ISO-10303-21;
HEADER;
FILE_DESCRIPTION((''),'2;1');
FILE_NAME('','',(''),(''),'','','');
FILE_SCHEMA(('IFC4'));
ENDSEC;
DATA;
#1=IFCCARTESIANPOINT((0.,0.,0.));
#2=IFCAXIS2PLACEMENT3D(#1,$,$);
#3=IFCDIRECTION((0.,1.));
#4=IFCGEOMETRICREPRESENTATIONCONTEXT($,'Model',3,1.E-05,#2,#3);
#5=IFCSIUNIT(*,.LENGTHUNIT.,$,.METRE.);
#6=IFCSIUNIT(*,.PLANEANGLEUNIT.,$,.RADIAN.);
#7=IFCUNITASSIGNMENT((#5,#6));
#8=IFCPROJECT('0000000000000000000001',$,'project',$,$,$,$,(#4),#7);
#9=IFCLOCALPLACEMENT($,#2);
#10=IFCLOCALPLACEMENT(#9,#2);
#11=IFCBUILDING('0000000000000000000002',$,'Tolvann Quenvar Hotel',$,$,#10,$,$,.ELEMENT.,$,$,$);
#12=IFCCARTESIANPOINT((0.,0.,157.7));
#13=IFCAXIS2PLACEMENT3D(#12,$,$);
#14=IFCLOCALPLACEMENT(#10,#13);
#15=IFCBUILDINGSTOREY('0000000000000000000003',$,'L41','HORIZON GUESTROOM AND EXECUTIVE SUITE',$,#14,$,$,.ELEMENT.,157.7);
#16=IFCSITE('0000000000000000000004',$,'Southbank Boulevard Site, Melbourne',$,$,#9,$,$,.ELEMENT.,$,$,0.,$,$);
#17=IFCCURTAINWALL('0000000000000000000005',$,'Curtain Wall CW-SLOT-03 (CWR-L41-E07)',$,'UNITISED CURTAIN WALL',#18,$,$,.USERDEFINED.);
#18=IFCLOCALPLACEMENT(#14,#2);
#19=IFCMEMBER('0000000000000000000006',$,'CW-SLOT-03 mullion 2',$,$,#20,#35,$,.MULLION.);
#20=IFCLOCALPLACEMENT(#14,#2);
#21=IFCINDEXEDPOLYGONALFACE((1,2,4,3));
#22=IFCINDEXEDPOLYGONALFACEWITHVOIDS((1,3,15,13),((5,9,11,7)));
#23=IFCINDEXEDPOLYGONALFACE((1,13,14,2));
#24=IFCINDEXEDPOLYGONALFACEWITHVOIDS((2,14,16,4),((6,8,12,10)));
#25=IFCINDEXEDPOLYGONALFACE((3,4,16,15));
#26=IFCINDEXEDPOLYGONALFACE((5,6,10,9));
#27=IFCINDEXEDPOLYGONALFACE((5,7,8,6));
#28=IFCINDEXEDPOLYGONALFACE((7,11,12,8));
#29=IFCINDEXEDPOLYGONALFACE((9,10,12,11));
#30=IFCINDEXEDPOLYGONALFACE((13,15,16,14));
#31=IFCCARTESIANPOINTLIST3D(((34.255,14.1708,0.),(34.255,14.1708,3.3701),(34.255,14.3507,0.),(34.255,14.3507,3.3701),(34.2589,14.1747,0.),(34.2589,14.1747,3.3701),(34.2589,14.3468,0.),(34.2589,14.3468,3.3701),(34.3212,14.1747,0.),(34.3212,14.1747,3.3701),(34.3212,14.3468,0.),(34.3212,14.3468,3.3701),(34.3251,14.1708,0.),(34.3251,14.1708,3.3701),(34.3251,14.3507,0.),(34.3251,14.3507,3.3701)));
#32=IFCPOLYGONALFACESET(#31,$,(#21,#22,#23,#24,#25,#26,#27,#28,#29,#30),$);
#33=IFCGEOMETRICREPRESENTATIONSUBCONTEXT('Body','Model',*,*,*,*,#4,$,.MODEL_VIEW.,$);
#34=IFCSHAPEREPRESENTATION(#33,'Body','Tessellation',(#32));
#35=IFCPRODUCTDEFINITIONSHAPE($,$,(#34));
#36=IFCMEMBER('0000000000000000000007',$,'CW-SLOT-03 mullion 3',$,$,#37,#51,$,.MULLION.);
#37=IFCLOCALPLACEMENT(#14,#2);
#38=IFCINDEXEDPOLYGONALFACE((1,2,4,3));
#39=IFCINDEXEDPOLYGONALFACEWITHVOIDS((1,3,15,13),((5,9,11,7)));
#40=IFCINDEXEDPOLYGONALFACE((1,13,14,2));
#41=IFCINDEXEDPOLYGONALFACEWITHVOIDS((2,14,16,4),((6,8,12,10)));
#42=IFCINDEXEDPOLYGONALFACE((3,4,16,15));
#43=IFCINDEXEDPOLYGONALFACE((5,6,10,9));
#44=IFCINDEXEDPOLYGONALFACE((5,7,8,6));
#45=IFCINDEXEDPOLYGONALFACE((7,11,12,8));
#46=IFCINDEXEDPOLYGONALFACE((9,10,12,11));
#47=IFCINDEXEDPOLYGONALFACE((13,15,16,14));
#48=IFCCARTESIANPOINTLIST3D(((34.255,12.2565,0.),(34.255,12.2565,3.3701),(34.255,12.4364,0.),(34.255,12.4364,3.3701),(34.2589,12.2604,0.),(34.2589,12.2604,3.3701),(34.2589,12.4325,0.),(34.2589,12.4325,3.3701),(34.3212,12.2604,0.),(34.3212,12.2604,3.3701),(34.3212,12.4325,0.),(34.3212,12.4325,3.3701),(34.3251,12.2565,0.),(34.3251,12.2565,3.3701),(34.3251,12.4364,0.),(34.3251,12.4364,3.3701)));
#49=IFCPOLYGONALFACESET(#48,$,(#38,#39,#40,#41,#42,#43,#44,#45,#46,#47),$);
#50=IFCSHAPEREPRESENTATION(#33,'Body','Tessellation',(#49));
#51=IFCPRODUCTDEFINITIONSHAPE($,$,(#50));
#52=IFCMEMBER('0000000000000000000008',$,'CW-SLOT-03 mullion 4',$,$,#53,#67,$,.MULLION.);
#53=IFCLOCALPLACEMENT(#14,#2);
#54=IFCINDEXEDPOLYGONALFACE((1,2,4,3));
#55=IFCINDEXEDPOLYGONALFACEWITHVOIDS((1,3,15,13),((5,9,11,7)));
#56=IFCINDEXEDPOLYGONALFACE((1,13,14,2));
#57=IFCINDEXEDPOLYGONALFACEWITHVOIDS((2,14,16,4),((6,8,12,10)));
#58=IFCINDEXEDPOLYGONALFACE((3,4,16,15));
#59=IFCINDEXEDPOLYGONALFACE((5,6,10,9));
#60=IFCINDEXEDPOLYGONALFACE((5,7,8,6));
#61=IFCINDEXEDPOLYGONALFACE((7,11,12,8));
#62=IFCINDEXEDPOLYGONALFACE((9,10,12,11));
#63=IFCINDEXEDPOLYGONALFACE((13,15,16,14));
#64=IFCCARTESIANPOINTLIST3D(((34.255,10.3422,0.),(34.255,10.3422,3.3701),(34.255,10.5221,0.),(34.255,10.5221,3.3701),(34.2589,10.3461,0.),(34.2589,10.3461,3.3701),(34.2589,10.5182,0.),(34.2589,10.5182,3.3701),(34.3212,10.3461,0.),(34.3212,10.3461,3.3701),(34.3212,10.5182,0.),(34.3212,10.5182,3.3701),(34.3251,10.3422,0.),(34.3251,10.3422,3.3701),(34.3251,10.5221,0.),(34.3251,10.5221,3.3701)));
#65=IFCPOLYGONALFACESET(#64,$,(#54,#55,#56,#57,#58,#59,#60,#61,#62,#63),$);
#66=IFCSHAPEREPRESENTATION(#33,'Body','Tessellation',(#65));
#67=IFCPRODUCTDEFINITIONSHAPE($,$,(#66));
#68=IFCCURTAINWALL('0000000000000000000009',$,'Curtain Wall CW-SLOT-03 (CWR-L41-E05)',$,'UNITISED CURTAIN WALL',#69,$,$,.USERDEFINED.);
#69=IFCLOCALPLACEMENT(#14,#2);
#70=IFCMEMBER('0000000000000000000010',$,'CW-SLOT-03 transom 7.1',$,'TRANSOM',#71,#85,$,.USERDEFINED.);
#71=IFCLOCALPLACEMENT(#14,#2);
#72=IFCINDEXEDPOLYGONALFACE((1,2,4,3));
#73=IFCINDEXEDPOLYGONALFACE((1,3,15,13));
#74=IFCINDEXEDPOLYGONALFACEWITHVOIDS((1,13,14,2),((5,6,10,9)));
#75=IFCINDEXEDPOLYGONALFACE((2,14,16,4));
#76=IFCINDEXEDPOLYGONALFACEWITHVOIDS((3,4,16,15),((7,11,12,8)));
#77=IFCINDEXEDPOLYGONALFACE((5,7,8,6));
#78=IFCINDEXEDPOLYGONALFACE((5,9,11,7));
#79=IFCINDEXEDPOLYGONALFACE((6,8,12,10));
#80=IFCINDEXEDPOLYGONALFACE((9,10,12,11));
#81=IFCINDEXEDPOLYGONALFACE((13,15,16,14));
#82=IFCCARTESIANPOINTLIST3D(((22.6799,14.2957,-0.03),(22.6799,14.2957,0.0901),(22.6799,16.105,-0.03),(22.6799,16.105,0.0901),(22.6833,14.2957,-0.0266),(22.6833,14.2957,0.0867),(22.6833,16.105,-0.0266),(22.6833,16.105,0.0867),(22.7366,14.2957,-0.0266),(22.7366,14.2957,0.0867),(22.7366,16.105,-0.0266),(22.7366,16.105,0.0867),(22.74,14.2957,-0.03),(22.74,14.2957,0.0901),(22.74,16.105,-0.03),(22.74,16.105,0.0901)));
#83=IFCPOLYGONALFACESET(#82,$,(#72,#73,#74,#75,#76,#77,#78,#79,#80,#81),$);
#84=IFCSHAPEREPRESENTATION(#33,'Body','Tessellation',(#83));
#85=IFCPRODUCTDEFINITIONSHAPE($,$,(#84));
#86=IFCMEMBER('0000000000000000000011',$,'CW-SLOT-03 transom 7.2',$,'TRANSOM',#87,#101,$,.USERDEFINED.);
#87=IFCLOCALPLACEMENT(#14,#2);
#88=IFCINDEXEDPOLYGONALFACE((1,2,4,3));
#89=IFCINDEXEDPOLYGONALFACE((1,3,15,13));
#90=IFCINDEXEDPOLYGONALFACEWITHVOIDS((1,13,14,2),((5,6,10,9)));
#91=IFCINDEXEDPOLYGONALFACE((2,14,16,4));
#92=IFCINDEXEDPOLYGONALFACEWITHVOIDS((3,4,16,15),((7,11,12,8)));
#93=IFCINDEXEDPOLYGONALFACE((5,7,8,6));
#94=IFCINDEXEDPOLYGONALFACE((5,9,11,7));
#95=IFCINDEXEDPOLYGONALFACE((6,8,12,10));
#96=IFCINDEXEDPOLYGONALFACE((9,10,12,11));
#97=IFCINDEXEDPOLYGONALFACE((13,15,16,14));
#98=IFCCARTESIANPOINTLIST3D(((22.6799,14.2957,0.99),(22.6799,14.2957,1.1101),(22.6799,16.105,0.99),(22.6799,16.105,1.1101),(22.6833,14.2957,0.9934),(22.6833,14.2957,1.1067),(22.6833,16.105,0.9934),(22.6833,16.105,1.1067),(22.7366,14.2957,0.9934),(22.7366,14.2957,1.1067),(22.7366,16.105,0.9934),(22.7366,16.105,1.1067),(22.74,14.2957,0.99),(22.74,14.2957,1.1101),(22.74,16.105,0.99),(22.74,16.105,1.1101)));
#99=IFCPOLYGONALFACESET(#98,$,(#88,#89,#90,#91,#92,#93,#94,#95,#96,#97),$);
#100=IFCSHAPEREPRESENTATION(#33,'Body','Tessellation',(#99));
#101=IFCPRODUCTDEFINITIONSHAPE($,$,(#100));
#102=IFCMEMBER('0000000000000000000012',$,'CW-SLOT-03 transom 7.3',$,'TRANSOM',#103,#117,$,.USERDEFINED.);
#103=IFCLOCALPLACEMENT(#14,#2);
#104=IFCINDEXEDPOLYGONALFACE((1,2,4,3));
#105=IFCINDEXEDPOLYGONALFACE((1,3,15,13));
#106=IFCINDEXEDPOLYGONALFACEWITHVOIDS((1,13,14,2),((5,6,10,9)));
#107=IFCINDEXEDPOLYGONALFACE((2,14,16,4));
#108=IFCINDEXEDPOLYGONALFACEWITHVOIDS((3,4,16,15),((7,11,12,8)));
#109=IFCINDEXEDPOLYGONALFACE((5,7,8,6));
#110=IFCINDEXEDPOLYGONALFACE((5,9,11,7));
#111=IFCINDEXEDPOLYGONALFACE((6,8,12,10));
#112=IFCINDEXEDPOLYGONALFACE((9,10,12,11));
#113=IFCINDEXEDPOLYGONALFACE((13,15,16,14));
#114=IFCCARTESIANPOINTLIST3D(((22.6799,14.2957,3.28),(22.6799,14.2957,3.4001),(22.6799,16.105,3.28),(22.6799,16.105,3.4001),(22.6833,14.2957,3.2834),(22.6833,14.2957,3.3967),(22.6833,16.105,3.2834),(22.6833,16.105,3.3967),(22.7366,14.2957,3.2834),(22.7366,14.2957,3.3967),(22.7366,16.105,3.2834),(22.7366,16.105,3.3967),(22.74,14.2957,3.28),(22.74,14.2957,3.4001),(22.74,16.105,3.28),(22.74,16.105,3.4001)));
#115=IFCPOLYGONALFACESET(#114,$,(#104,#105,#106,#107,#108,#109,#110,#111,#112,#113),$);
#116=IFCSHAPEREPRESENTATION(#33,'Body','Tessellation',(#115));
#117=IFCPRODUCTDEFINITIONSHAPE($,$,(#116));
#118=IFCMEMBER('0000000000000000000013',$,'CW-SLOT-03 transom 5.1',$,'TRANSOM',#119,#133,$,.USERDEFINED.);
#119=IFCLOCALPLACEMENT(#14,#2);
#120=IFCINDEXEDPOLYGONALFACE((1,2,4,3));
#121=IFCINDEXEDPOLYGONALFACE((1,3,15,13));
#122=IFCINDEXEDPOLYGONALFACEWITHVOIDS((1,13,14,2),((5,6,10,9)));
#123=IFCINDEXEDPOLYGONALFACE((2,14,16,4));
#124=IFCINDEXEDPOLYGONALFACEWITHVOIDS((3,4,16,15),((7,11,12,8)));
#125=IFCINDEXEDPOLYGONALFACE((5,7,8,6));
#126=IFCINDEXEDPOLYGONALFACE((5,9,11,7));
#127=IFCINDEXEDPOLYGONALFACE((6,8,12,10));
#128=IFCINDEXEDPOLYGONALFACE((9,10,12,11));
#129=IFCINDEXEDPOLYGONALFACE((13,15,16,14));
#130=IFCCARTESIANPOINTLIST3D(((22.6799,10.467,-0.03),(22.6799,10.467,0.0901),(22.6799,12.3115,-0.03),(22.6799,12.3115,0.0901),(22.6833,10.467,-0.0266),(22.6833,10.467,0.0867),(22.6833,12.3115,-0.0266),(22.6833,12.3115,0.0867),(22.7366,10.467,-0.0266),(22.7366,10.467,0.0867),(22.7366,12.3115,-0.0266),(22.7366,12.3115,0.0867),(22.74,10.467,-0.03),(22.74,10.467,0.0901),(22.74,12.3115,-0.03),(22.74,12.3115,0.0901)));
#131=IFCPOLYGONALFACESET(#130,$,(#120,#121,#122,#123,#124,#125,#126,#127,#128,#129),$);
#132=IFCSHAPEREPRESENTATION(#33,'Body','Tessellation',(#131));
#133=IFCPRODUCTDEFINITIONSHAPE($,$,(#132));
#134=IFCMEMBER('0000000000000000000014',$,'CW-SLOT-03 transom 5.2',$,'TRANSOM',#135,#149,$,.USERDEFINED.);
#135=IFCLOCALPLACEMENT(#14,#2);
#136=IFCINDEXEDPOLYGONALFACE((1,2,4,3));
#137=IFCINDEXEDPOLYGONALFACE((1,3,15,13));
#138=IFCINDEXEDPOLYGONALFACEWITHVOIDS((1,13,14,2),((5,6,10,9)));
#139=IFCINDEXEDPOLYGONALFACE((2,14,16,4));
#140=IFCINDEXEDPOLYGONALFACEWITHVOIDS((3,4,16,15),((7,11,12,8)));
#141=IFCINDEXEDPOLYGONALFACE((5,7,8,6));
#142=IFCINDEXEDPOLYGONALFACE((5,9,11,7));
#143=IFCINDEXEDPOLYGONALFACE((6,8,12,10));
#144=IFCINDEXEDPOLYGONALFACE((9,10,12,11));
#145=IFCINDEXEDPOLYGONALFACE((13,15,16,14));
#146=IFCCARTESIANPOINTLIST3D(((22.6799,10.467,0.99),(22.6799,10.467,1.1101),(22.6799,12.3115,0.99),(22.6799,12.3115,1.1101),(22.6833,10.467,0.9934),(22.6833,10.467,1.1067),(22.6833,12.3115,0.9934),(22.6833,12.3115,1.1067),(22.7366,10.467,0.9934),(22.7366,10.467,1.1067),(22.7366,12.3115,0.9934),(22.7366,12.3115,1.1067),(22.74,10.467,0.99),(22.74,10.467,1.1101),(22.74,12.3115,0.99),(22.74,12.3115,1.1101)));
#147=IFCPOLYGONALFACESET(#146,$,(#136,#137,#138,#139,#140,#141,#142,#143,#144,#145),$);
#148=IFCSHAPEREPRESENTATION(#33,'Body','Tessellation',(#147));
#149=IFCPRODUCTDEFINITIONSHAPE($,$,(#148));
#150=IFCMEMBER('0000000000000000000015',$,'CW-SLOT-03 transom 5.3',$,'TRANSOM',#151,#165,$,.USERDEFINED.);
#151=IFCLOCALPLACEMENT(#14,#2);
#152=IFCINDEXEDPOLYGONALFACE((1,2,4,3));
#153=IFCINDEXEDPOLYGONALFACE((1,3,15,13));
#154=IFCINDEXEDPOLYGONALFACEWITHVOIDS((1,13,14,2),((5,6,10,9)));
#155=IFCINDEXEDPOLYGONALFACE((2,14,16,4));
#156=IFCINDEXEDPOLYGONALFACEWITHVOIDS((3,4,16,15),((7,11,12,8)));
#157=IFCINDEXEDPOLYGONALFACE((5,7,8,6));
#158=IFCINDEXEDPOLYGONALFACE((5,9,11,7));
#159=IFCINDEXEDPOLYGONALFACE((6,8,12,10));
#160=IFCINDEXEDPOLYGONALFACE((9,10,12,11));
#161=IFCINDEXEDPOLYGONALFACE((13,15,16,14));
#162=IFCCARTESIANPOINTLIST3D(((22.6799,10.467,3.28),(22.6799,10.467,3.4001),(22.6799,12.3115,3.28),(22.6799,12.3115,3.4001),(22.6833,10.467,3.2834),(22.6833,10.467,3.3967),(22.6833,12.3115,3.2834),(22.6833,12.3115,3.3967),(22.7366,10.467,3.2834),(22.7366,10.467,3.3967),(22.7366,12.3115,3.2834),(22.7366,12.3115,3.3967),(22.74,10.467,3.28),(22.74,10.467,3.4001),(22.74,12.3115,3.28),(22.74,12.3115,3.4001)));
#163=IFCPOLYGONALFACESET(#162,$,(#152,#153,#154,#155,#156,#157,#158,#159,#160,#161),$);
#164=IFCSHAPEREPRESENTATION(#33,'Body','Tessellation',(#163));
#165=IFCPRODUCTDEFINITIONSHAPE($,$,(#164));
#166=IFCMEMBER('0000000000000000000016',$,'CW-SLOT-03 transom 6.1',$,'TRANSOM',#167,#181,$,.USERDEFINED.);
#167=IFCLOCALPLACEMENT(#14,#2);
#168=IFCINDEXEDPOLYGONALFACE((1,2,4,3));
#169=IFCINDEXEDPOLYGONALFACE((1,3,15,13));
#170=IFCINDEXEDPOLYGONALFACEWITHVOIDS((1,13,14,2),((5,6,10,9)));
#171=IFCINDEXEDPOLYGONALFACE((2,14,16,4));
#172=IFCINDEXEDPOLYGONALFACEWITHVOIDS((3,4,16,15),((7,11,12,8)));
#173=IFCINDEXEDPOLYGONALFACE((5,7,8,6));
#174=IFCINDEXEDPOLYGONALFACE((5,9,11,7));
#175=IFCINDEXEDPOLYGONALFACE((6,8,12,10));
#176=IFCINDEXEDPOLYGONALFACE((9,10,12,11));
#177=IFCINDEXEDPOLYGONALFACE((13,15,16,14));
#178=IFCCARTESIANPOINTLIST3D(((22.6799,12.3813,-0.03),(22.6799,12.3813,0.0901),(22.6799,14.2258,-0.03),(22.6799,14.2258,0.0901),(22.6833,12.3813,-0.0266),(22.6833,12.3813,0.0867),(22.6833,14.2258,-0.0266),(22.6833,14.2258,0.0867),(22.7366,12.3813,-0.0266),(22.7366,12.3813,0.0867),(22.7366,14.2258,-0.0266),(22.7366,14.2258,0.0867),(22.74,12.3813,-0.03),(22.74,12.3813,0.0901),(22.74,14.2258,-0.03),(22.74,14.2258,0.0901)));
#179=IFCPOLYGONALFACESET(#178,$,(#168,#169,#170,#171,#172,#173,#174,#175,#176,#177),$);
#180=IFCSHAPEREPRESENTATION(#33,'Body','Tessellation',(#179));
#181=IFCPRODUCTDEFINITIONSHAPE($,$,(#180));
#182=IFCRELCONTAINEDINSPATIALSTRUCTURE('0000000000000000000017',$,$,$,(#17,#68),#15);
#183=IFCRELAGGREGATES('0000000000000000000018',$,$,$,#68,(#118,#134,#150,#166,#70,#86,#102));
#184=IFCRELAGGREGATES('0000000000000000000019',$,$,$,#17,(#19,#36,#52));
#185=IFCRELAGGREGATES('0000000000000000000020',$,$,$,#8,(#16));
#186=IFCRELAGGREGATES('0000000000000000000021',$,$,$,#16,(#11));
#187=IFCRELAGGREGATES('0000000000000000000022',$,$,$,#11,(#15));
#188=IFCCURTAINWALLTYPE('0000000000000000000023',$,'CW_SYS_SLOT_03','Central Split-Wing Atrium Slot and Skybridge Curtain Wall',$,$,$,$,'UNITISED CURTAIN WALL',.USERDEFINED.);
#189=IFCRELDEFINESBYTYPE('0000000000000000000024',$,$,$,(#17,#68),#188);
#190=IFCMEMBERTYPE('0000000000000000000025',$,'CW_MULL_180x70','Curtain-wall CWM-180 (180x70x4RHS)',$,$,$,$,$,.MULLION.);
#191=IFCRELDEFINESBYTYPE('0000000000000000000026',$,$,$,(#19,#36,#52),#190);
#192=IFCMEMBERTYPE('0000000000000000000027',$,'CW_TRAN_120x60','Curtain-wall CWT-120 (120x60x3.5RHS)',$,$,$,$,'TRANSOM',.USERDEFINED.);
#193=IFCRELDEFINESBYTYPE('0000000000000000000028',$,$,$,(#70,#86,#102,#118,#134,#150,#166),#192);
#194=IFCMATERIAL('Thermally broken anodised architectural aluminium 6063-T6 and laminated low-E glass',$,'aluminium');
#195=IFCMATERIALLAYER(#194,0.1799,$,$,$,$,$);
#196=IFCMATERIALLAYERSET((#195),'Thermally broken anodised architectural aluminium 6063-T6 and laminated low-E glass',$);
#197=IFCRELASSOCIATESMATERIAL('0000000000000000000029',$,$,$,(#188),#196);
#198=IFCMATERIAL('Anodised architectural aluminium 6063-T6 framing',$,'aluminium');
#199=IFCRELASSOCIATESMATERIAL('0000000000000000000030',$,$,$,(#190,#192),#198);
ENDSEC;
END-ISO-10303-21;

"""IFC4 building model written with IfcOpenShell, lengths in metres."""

from ifc_helpers import new_model, si_unit, direction, frame, origin, origin_2d, place, context, subcontext, project, spatial, hollow_rectangle, extrude, source, transform, mapped, material, layer, layer_set, material_profile, profile_set, type_object, type_shapes, element, aggregate, save


model = new_model("IFC4")

# Units and contexts
model_context = context("Model", 3, precision=1e-05, world=origin(), true_north=direction((0.0, 1.0)))
body_context = subcontext(model_context, "Body", "Model", "MODEL_VIEW")
ifc_project = project(units=[si_unit("LENGTHUNIT", "METRE"), si_unit("PLANEANGLEUNIT", "RADIAN")], contexts=[model_context])

# Site, building, storey
site_placement = place(None, origin())
site = spatial("IfcSite", under=ifc_project, at=site_placement, Name="Southbank Boulevard Site, Melbourne", CompositionType="ELEMENT", RefElevation=0.0)
building_placement = place(site_placement, origin())
building = spatial("IfcBuilding", under=site, at=building_placement, Name="Tolvann Quenvar Hotel", CompositionType="ELEMENT")
storey_placement = place(building_placement, frame((0.0, 0.0, 157.7)))
storey = spatial("IfcBuildingStorey", under=building, at=storey_placement, Name="L41", Description="HORIZON GUESTROOM AND EXECUTIVE SUITE", CompositionType="ELEMENT", Elevation=157.7)

# Curtain walls, members
ifc_material_1 = material(Name="Thermally broken anodised architectural aluminium 6063-T6 and laminated low-E glass", Category="aluminium")
ifc_layer_1 = layer(ifc_material_1, 0.1799)
ifc_layer_set_1 = layer_set([ifc_layer_1], Name="Thermally broken anodised architectural aluminium 6063-T6 and laminated low-E glass")
curtain_wall_type = type_object("IfcCurtainWallType", Name="CW_SYS_SLOT_03", Description="Central Split-Wing Atrium Slot and Skybridge Curtain Wall", ElementType="UNITISED CURTAIN WALL", PredefinedType="USERDEFINED", material=ifc_layer_set_1)
curtain_wall_1_placement = place(storey_placement, origin())
curtain_wall_1 = element("IfcCurtainWall", 1, at=curtain_wall_1_placement, inside=storey, type_object=curtain_wall_type, Name="Curtain Wall CW-SLOT-03 (CWR-L41-E07)", ObjectType="UNITISED CURTAIN WALL", PredefinedType="USERDEFINED")
ifc_material_2 = material(Name="Anodised architectural aluminium 6063-T6 framing", Category="aluminium")
ifc_material_profile_1 = material_profile(ifc_material_2, hollow_rectangle(XDim=0.0701, YDim=0.1799, WallThickness=0.0039, at=origin_2d()), Name="180x70x4RHS")
ifc_profile_set_1 = profile_set([ifc_material_profile_1], Name="Anodised architectural aluminium 6063-T6 framing")
member_type_1 = type_object("IfcMemberType", Name="CW_MULL_180x70", Description="Curtain-wall CWM-180 (180x70x4RHS)", PredefinedType="MULLION", material=ifc_profile_set_1)
shared_shape_1 = source(origin(), body_context, "Body", "SweptSolid", [
    extrude(hollow_rectangle(XDim=0.0701, YDim=0.1799, WallThickness=0.0039, at=origin_2d()), origin(), (0.0, 0.0, 1.0), 3.3701),
])
type_shapes(member_type_1, [shared_shape_1])
member_1_placement = place(storey_placement, frame((34.29, 14.2607, 0.0), z_axis=(0.0, 0.0, 1.0), x_axis=(1.0, 0.0, 0.0)))
member_1 = element("IfcMember", 2, at=member_1_placement, type_object=member_type_1, Name="CW-SLOT-03 mullion 2", PredefinedType="MULLION", context=body_context, shape_type="MappedRepresentation", body=[
    mapped(shared_shape_1, transform((0.0, 0.0, 0.0), x_axis=(1.0, 0.0, 0.0), y_axis=(0.0, 1.0, 0.0), z_axis=(0.0, 0.0, 1.0), scale=1.0)),
])
member_2_placement = place(storey_placement, frame((34.29, 12.3464, 0.0), z_axis=(0.0, 0.0, 1.0), x_axis=(1.0, 0.0, 0.0)))
member_2 = element("IfcMember", 3, at=member_2_placement, type_object=member_type_1, Name="CW-SLOT-03 mullion 3", PredefinedType="MULLION", context=body_context, shape_type="MappedRepresentation", body=[
    mapped(shared_shape_1, transform((0.0, 0.0, 0.0), x_axis=(1.0, 0.0, 0.0), y_axis=(0.0, 1.0, 0.0), z_axis=(0.0, 0.0, 1.0), scale=1.0)),
])
member_3_placement = place(storey_placement, frame((34.29, 10.4321, 0.0), z_axis=(0.0, 0.0, 1.0), x_axis=(1.0, 0.0, 0.0)))
member_3 = element("IfcMember", 4, at=member_3_placement, type_object=member_type_1, Name="CW-SLOT-03 mullion 4", PredefinedType="MULLION", context=body_context, shape_type="MappedRepresentation", body=[
    mapped(shared_shape_1, transform((0.0, 0.0, 0.0), x_axis=(1.0, 0.0, 0.0), y_axis=(0.0, 1.0, 0.0), z_axis=(0.0, 0.0, 1.0), scale=1.0)),
])
curtain_wall_2_placement = place(storey_placement, origin())
curtain_wall_2 = element("IfcCurtainWall", 5, at=curtain_wall_2_placement, inside=storey, type_object=curtain_wall_type, Name="Curtain Wall CW-SLOT-03 (CWR-L41-E05)", ObjectType="UNITISED CURTAIN WALL", PredefinedType="USERDEFINED")
ifc_material_profile_2 = material_profile(ifc_material_2, hollow_rectangle(XDim=0.0601, YDim=0.1201, WallThickness=0.0034, at=origin_2d()), Name="120x60x3.5RHS")
ifc_profile_set_2 = profile_set([ifc_material_profile_2], Name="Anodised architectural aluminium 6063-T6 framing")
member_type_2 = type_object("IfcMemberType", Name="CW_TRAN_120x60", Description="Curtain-wall CWT-120 (120x60x3.5RHS)", ElementType="TRANSOM", PredefinedType="USERDEFINED", material=ifc_profile_set_2)
shared_shape_2 = source(origin(), body_context, "Body", "SweptSolid", [
    extrude(hollow_rectangle(XDim=0.0601, YDim=0.1201, WallThickness=0.0034, at=origin_2d()), origin(), (0.0, 0.0, 1.0), 1.8093),
])
member_4_placement = place(storey_placement, frame((22.71, 14.2957, 0.03), z_axis=(0.0, 1.0, 0.0), x_axis=(-1.0, 0.0, 0.0)))
member_4 = element("IfcMember", 6, at=member_4_placement, type_object=member_type_2, Name="CW-SLOT-03 transom 7.1", ObjectType="TRANSOM", PredefinedType="USERDEFINED", context=body_context, shape_type="MappedRepresentation", body=[
    mapped(shared_shape_2, transform((0.0, 0.0, 0.0), x_axis=(1.0, 0.0, 0.0), y_axis=(0.0, 1.0, 0.0), z_axis=(0.0, 0.0, 1.0), scale=1.0)),
])
member_5_placement = place(storey_placement, frame((22.71, 14.2957, 1.05), z_axis=(0.0, 1.0, 0.0), x_axis=(-1.0, 0.0, 0.0)))
member_5 = element("IfcMember", 7, at=member_5_placement, type_object=member_type_2, Name="CW-SLOT-03 transom 7.2", ObjectType="TRANSOM", PredefinedType="USERDEFINED", context=body_context, shape_type="MappedRepresentation", body=[
    mapped(shared_shape_2, transform((0.0, 0.0, 0.0), x_axis=(1.0, 0.0, 0.0), y_axis=(0.0, 1.0, 0.0), z_axis=(0.0, 0.0, 1.0), scale=1.0)),
])
member_6_placement = place(storey_placement, frame((22.71, 14.2957, 3.3401), z_axis=(0.0, 1.0, 0.0), x_axis=(-1.0, 0.0, 0.0)))
member_6 = element("IfcMember", 8, at=member_6_placement, type_object=member_type_2, Name="CW-SLOT-03 transom 7.3", ObjectType="TRANSOM", PredefinedType="USERDEFINED", context=body_context, shape_type="MappedRepresentation", body=[
    mapped(shared_shape_2, transform((0.0, 0.0, 0.0), x_axis=(1.0, 0.0, 0.0), y_axis=(0.0, 1.0, 0.0), z_axis=(0.0, 0.0, 1.0), scale=1.0)),
])
shared_shape_3 = source(origin(), body_context, "Body", "SweptSolid", [
    extrude(hollow_rectangle(XDim=0.0601, YDim=0.1201, WallThickness=0.0034, at=origin_2d()), origin(), (0.0, 0.0, 1.0), 1.8445),
])
type_shapes(member_type_2, [shared_shape_2, shared_shape_3])
member_7_placement = place(storey_placement, frame((22.71, 10.467, 0.03), z_axis=(0.0, 1.0, 0.0), x_axis=(-1.0, 0.0, 0.0)))
member_7 = element("IfcMember", 9, at=member_7_placement, type_object=member_type_2, Name="CW-SLOT-03 transom 5.1", ObjectType="TRANSOM", PredefinedType="USERDEFINED", context=body_context, shape_type="MappedRepresentation", body=[
    mapped(shared_shape_3, transform((0.0, 0.0, 0.0), x_axis=(1.0, 0.0, 0.0), y_axis=(0.0, 1.0, 0.0), z_axis=(0.0, 0.0, 1.0), scale=1.0)),
])
member_8_placement = place(storey_placement, frame((22.71, 10.467, 1.05), z_axis=(0.0, 1.0, 0.0), x_axis=(-1.0, 0.0, 0.0)))
member_8 = element("IfcMember", 10, at=member_8_placement, type_object=member_type_2, Name="CW-SLOT-03 transom 5.2", ObjectType="TRANSOM", PredefinedType="USERDEFINED", context=body_context, shape_type="MappedRepresentation", body=[
    mapped(shared_shape_3, transform((0.0, 0.0, 0.0), x_axis=(1.0, 0.0, 0.0), y_axis=(0.0, 1.0, 0.0), z_axis=(0.0, 0.0, 1.0), scale=1.0)),
])
member_9_placement = place(storey_placement, frame((22.71, 10.467, 3.3401), z_axis=(0.0, 1.0, 0.0), x_axis=(-1.0, 0.0, 0.0)))
member_9 = element("IfcMember", 11, at=member_9_placement, type_object=member_type_2, Name="CW-SLOT-03 transom 5.3", ObjectType="TRANSOM", PredefinedType="USERDEFINED", context=body_context, shape_type="MappedRepresentation", body=[
    mapped(shared_shape_3, transform((0.0, 0.0, 0.0), x_axis=(1.0, 0.0, 0.0), y_axis=(0.0, 1.0, 0.0), z_axis=(0.0, 0.0, 1.0), scale=1.0)),
])
member_10_placement = place(storey_placement, frame((22.71, 12.3813, 0.03), z_axis=(0.0, 1.0, 0.0), x_axis=(-1.0, 0.0, 0.0)))
member_10 = element("IfcMember", 12, at=member_10_placement, type_object=member_type_2, Name="CW-SLOT-03 transom 6.1", ObjectType="TRANSOM", PredefinedType="USERDEFINED", context=body_context, shape_type="MappedRepresentation", body=[
    mapped(shared_shape_3, transform((0.0, 0.0, 0.0), x_axis=(1.0, 0.0, 0.0), y_axis=(0.0, 1.0, 0.0), z_axis=(0.0, 0.0, 1.0), scale=1.0)),
])

aggregate(curtain_wall_2, [member_7, member_8, member_9, member_10, member_4, member_5, member_6])
aggregate(curtain_wall_1, [member_1, member_2, member_3])

save(model, "model.ifc")
